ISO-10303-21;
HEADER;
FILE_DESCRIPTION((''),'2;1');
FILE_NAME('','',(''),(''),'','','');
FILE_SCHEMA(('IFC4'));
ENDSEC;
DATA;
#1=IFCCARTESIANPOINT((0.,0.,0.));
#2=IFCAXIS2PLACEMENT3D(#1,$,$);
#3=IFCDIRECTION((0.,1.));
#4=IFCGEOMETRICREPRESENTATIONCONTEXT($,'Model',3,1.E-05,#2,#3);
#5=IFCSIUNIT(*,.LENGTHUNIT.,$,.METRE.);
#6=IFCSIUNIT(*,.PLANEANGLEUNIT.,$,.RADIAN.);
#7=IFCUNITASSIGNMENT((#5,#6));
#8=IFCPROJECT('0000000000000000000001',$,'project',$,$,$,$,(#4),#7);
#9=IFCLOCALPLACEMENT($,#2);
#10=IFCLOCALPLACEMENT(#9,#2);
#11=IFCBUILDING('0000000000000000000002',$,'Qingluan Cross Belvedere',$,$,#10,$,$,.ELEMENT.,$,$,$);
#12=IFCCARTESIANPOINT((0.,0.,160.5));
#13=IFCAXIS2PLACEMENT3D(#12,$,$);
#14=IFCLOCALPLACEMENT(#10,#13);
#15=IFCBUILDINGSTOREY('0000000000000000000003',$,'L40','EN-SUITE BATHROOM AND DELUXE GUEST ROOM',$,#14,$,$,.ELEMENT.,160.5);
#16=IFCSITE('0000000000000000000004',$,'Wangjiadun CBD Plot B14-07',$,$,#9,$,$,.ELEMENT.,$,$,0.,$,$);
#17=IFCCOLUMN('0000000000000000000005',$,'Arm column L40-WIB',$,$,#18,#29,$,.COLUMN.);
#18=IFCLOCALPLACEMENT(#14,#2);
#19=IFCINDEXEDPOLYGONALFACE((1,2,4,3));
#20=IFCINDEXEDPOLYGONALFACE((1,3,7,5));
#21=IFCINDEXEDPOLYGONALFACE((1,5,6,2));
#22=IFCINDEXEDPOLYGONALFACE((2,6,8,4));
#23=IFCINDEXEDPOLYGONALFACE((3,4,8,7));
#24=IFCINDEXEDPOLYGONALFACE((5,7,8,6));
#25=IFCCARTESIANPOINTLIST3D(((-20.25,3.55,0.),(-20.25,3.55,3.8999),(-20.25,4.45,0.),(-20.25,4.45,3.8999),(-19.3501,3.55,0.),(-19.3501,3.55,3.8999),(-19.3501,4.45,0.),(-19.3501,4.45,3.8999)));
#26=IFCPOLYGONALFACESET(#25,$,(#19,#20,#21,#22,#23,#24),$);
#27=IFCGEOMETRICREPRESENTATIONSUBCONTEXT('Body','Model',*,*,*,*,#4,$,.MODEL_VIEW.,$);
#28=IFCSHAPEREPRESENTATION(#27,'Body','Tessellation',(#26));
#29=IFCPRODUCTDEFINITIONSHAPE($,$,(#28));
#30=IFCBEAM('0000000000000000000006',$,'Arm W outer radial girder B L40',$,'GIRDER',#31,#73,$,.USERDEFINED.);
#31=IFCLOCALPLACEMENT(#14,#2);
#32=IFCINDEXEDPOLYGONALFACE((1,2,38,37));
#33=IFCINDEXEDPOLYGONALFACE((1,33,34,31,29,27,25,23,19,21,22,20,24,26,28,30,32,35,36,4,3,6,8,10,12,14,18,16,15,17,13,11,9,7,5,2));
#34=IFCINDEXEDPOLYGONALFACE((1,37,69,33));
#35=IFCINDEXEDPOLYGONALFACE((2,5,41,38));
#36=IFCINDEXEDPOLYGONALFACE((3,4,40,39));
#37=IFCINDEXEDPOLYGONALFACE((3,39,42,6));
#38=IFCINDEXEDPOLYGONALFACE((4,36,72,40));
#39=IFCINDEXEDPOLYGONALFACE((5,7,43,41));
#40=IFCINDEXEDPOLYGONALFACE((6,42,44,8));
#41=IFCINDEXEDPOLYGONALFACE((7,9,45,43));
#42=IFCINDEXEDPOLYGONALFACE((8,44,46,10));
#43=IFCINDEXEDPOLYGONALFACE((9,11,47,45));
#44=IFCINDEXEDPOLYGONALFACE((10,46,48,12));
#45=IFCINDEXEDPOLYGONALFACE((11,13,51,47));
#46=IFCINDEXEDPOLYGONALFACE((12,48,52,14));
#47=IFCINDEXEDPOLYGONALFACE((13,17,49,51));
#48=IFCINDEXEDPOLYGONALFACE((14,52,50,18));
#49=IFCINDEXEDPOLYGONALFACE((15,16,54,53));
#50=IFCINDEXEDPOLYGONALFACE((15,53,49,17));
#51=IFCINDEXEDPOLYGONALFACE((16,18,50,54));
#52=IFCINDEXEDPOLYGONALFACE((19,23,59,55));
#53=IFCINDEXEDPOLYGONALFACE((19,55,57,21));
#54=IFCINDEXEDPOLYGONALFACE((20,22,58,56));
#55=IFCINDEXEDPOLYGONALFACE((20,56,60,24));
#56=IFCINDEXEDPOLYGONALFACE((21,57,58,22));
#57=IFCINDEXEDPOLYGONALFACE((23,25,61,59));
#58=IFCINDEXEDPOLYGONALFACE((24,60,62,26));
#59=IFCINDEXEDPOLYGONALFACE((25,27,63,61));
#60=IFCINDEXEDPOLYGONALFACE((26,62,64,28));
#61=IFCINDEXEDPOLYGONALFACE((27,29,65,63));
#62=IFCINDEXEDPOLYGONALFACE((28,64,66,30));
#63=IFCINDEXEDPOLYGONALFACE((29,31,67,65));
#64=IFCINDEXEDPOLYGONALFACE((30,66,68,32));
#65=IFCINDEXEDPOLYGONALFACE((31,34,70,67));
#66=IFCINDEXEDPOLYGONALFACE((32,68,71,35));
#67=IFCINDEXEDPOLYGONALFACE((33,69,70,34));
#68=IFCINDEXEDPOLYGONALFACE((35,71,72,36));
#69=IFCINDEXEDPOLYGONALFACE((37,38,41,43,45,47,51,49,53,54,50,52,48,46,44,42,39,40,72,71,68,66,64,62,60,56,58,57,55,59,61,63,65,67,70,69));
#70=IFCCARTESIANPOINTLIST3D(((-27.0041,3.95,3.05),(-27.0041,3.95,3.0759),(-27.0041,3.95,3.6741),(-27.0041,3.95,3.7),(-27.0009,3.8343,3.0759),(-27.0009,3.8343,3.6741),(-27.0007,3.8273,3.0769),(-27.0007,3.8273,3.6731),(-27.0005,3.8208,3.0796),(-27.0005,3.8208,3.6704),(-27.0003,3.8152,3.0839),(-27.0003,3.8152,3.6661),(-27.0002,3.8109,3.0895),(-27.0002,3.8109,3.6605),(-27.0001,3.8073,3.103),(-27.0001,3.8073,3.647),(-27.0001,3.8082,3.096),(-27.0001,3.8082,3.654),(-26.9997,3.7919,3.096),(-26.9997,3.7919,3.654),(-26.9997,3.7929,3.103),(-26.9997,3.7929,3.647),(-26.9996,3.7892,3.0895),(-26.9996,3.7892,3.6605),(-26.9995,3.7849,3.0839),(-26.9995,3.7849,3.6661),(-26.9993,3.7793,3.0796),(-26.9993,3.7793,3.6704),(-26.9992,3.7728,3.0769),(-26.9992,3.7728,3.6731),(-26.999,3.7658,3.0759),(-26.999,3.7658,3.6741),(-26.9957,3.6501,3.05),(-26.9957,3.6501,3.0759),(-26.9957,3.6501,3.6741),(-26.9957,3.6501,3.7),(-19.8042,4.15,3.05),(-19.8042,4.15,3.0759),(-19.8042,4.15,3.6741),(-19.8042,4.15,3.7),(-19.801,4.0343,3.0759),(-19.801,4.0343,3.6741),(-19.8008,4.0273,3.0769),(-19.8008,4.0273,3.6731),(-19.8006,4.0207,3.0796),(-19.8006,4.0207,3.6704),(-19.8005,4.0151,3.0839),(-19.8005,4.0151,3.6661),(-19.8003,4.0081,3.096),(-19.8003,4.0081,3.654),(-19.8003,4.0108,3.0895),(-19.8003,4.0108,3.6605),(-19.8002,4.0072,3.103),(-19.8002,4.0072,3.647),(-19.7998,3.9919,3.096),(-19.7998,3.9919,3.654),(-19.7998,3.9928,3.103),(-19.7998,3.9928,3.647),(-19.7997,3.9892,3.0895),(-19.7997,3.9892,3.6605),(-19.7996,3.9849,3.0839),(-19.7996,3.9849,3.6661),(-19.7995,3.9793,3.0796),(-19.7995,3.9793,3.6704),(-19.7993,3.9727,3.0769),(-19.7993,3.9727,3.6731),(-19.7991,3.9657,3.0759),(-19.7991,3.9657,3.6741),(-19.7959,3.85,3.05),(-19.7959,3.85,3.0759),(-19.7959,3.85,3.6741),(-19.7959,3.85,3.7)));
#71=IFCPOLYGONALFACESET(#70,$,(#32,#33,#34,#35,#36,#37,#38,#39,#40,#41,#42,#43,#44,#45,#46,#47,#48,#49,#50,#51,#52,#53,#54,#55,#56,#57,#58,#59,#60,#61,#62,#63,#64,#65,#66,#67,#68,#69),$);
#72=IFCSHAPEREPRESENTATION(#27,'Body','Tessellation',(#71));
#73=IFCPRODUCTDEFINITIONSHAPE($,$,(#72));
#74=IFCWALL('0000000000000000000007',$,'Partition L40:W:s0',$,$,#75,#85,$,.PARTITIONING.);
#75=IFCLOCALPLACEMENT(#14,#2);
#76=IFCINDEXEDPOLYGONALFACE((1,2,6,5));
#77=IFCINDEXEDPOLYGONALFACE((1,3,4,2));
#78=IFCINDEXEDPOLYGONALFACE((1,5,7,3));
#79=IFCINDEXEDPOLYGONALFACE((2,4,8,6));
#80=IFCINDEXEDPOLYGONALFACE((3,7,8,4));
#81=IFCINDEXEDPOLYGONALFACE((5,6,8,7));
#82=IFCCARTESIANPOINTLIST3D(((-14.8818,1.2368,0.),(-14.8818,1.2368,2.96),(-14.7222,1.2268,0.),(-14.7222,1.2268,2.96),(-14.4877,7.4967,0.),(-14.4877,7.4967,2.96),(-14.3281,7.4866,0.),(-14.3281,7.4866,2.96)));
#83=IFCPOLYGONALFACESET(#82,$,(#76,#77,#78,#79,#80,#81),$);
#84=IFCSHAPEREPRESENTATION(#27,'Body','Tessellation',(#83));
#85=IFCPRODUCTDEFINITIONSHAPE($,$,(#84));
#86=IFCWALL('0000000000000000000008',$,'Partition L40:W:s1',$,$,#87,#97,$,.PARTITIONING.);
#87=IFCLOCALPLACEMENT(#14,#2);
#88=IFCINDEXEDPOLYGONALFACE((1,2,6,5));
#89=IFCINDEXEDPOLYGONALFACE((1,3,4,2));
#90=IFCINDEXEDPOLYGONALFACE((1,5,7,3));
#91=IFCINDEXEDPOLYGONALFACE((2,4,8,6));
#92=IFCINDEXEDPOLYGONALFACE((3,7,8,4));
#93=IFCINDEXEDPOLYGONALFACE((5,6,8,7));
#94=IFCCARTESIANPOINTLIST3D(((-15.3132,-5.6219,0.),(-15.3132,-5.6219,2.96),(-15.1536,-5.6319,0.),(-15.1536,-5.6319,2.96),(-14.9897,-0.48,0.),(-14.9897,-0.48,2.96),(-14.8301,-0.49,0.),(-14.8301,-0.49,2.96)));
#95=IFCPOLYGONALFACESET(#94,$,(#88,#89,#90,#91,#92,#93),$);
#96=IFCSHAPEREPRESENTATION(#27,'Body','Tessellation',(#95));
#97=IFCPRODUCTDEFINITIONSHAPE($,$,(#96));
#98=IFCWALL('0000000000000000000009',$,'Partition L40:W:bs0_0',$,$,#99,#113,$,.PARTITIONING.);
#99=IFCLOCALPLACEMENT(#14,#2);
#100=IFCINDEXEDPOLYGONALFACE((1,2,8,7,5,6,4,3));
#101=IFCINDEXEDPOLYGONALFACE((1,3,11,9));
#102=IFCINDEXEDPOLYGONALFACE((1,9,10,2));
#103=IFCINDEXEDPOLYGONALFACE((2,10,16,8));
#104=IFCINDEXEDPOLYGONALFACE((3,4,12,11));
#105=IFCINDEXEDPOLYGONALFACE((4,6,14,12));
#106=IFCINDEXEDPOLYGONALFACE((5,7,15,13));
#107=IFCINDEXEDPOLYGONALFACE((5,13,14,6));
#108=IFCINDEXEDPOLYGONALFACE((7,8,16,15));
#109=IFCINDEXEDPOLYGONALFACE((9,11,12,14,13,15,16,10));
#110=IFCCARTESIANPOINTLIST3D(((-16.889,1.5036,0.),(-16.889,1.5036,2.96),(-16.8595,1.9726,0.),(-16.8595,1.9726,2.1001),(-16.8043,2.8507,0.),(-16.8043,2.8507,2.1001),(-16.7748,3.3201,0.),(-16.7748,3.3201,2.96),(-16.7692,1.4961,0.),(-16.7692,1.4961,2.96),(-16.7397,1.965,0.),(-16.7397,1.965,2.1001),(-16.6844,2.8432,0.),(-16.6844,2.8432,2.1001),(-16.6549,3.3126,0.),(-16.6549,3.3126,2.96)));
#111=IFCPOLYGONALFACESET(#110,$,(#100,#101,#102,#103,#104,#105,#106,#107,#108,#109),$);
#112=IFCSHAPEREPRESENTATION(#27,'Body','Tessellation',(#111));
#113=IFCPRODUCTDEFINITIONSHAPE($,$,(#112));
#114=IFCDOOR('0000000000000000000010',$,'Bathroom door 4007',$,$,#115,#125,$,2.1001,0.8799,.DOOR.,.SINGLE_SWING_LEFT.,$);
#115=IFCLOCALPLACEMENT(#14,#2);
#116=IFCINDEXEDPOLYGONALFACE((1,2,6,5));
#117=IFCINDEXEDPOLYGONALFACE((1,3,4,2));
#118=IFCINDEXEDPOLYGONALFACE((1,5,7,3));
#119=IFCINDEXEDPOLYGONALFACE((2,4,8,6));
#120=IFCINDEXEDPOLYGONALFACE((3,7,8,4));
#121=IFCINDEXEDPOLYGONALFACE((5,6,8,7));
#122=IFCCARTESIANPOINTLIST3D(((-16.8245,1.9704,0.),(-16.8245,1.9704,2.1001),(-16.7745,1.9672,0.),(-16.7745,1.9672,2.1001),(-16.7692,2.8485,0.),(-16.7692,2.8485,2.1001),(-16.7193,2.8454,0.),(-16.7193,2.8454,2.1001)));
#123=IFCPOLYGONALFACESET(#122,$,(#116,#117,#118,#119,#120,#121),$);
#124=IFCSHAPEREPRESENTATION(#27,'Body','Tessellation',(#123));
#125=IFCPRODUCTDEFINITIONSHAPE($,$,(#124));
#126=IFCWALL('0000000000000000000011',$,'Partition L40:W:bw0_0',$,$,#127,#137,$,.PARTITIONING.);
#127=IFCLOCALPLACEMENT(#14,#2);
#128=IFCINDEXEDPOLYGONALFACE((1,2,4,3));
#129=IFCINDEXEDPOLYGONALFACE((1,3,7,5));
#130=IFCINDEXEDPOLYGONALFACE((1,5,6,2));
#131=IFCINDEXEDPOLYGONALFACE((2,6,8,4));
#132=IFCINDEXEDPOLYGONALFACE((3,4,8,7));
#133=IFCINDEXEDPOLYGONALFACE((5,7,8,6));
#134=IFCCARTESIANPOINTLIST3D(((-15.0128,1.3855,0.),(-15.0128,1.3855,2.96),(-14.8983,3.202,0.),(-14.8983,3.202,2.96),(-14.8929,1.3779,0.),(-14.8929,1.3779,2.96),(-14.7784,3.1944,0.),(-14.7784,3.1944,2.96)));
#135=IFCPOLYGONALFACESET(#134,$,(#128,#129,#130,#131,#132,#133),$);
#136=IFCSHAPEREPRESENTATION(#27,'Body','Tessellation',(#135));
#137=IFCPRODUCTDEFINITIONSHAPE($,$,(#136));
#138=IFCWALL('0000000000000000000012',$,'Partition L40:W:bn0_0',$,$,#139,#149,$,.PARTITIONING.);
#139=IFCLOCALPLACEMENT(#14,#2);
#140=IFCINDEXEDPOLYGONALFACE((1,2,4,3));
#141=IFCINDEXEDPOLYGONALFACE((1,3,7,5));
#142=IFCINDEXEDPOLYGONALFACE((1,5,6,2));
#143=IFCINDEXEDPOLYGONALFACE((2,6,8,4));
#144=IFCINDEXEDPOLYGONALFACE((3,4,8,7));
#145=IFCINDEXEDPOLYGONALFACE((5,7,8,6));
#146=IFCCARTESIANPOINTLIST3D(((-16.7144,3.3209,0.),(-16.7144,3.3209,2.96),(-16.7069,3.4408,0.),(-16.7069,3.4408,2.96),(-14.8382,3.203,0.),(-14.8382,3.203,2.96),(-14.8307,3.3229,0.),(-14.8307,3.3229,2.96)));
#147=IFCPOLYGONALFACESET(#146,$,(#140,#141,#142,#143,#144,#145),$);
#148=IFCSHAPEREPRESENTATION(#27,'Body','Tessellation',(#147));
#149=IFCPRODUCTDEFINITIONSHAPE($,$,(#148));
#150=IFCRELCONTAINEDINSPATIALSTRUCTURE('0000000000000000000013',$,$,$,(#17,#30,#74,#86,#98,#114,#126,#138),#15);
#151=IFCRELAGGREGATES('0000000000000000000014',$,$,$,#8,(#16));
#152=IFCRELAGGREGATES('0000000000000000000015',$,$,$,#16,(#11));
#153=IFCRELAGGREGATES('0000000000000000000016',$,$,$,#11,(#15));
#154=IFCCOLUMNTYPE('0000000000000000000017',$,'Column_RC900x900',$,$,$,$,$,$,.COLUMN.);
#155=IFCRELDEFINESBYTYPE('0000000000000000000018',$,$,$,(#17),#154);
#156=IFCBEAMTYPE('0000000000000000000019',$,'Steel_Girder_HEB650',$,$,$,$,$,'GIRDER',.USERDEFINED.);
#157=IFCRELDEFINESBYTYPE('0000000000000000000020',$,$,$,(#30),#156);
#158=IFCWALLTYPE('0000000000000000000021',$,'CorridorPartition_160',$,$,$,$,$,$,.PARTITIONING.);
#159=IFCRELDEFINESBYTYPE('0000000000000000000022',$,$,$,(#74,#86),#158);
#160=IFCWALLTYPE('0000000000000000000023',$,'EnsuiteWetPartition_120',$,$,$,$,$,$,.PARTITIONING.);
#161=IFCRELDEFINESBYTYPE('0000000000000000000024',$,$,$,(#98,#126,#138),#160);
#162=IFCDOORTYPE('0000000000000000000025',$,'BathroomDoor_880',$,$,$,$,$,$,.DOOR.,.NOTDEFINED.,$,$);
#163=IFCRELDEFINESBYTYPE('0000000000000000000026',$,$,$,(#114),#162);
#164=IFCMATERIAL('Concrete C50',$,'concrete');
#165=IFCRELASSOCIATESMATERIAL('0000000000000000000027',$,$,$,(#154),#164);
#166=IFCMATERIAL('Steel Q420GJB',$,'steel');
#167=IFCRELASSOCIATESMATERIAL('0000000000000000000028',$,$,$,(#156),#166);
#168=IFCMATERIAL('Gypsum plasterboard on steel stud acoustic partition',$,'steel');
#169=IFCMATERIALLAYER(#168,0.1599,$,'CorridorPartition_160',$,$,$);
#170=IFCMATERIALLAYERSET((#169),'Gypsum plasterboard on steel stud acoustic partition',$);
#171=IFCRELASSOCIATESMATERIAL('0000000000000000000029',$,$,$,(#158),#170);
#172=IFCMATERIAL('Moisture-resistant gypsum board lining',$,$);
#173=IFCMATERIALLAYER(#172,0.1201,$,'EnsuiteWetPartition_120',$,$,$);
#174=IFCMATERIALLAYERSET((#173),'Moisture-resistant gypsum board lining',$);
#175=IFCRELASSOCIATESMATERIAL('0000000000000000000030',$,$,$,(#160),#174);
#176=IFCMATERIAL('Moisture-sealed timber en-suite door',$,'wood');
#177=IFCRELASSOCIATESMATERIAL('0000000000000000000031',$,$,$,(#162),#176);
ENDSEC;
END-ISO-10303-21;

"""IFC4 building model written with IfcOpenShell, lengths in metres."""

from ifc_helpers import new_model, si_unit, direction, frame, frame_2d, origin, origin_2d, place, context, subcontext, project, spatial, rectangle, i_section, extrude, material, layer, layer_set, material_profile, profile_set, type_object, element, fill, save


model = new_model("IFC4")

# Units and contexts
model_context = context("Model", 3, precision=1e-05, world=origin(), true_north=direction((0.0, 1.0)))
body_context = subcontext(model_context, "Body", "Model", "MODEL_VIEW")
ifc_project = project(units=[si_unit("LENGTHUNIT", "METRE"), si_unit("PLANEANGLEUNIT", "RADIAN")], contexts=[model_context])

# Site, building, storey
site_placement = place(None, origin())
site = spatial("IfcSite", under=ifc_project, at=site_placement, Name="Wangjiadun CBD Plot B14-07", CompositionType="ELEMENT", RefElevation=0.0)
building_placement = place(site_placement, origin())
building = spatial("IfcBuilding", under=site, at=building_placement, Name="Qingluan Cross Belvedere", CompositionType="ELEMENT")
storey_placement = place(building_placement, frame((0.0, 0.0, 160.5)))
storey = spatial("IfcBuildingStorey", under=building, at=storey_placement, Name="L40", Description="EN-SUITE BATHROOM AND DELUXE GUEST ROOM", CompositionType="ELEMENT", Elevation=160.5)

# Column
ifc_material_1 = material(Name="Concrete C50", Category="concrete")
ifc_material_profile_1 = material_profile(ifc_material_1, rectangle(XDim=0.8999, YDim=0.8999, at=origin_2d()), Name="RC900x900")
ifc_profile_set_1 = profile_set([ifc_material_profile_1], Name="Concrete C50")
column_type = type_object("IfcColumnType", Name="Column_RC900x900", PredefinedType="COLUMN", material=ifc_profile_set_1)
column_placement = place(storey_placement, frame((-19.8, 4.0, 0.0), z_axis=(0.0, 0.0, 1.0), x_axis=(1.0, 0.0, 0.0)))
element("IfcColumn", 1, at=column_placement, inside=storey, type_object=column_type, Name="Arm column L40-WIB", PredefinedType="COLUMN", context=body_context, shape_type="SweptSolid", body=[
    extrude(rectangle(XDim=0.8999, YDim=0.8999, at=origin_2d()), origin(), (0.0, 0.0, 1.0), 3.8999),
])

# Beam
ifc_material_2 = material(Name="Steel Q420GJB", Category="steel")
ifc_material_profile_2 = material_profile(ifc_material_2, i_section(OverallWidth=0.3, OverallDepth=0.6499, WebThickness=0.0144, FlangeThickness=0.0259, FilletRadius=0.0271, at=origin_2d()), Name="HEB650")
ifc_profile_set_2 = profile_set([ifc_material_profile_2], Name="Steel Q420GJB")
beam_type = type_object("IfcBeamType", Name="Steel_Girder_HEB650", ElementType="GIRDER", PredefinedType="USERDEFINED", material=ifc_profile_set_2)
beam_placement = place(storey_placement, frame((-19.8, 4.0, 3.375), z_axis=(-0.999615, -0.02776, 0.0), x_axis=(0.02776, -0.999615, 0.0)))
element("IfcBeam", 2, at=beam_placement, inside=storey, type_object=beam_type, Name="Arm W outer radial girder B L40", ObjectType="GIRDER", PredefinedType="USERDEFINED", context=body_context, shape_type="SweptSolid", body=[
    extrude(i_section(OverallWidth=0.3, OverallDepth=0.6499, WebThickness=0.0144, FlangeThickness=0.0259, FilletRadius=0.0271, at=origin_2d()), origin(), (0.0, 0.0, 1.0), 7.2026),
])

# Shared definitions
ifc_material_3 = material(Name="Gypsum plasterboard on steel stud acoustic partition", Category="steel")
ifc_layer_1 = layer(ifc_material_3, 0.1599, Name="CorridorPartition_160")
ifc_layer_set_1 = layer_set([ifc_layer_1], Name="Gypsum plasterboard on steel stud acoustic partition")
wall_type_1 = type_object("IfcWallType", Name="CorridorPartition_160", PredefinedType="PARTITIONING", material=ifc_layer_set_1)

# Wall
wall_1_placement = place(storey_placement, frame((-14.802, 1.2317, 0.0), z_axis=(0.0, 0.0, 1.0), x_axis=(0.062824, 0.998025, 0.0)))
element("IfcWall", 3, at=wall_1_placement, inside=storey, type_object=wall_type_1, Name="Partition L40:W:s0", PredefinedType="PARTITIONING", context=body_context, shape_type="SweptSolid", body=[
    extrude(rectangle(XDim=6.2722, YDim=0.1599, at=frame_2d((3.1362, 0.0))), origin(), (0.0, 0.0, 1.0), 2.96),
])

# Wall
wall_2_placement = place(storey_placement, frame((-14.9099, -0.4849, 0.0), z_axis=(0.0, 0.0, 1.0), x_axis=(-0.062788, -0.998027, 0.0)))
element("IfcWall", 4, at=wall_2_placement, inside=storey, type_object=wall_type_1, Name="Partition L40:W:s1", PredefinedType="PARTITIONING", context=body_context, shape_type="SweptSolid", body=[
    extrude(rectangle(XDim=5.1521, YDim=0.1599, at=frame_2d((2.5762, 0.0))), origin(), (0.0, 0.0, 1.0), 2.96),
])

# Wall, opening, door
ifc_material_4 = material(Name="Moisture-resistant gypsum board lining")
ifc_layer_2 = layer(ifc_material_4, 0.1201, Name="EnsuiteWetPartition_120")
ifc_layer_set_2 = layer_set([ifc_layer_2], Name="Moisture-resistant gypsum board lining")
wall_type_2 = type_object("IfcWallType", Name="EnsuiteWetPartition_120", PredefinedType="PARTITIONING", material=ifc_layer_set_2)
wall_3_placement = place(storey_placement, frame((-16.8291, 1.4998, 0.0), z_axis=(0.0, 0.0, 1.0), x_axis=(0.062779, 0.998027, 0.0)))
wall_3 = element("IfcWall", 5, at=wall_3_placement, inside=storey, type_object=wall_type_2, Name="Partition L40:W:bs0_0", PredefinedType="PARTITIONING", context=body_context, shape_type="SweptSolid", body=[
    extrude(rectangle(XDim=1.8201, YDim=0.1201, at=frame_2d((0.9102, 0.0))), origin(), (0.0, 0.0, 1.0), 2.96),
])
opening_1_placement = place(wall_3_placement, frame((0.47, 0.0, 0.0)))
opening_1 = element("IfcOpeningElement", 6, at=opening_1_placement, cuts=wall_3, PredefinedType="OPENING", context=body_context, shape_type="SweptSolid", body=[
    extrude(rectangle(XDim=0.8799, YDim=2.1001, at=frame_2d((0.4399, 1.05))), frame((0.0, 0.0701, 0.0), z_axis=(0.0, -1.0, 0.0), x_axis=(1.0, 0.0, 0.0)), (0.0, 0.0, 1.0), 0.1401),
])
ifc_material_5 = material(Name="Moisture-sealed timber en-suite door", Category="wood")
door_type_1 = type_object("IfcDoorType", Name="BathroomDoor_880", OperationType="NOTDEFINED", PredefinedType="DOOR", material=ifc_material_5)
door_1_placement = place(opening_1_placement, origin())
door_1 = element("IfcDoor", 7, at=door_1_placement, inside=storey, type_object=door_type_1, Name="Bathroom door 4007", OperationType="SINGLE_SWING_LEFT", OverallHeight=2.1001, OverallWidth=0.8799, PredefinedType="DOOR", context=body_context, shape_type="SweptSolid", body=[
    extrude(rectangle(XDim=0.8799, YDim=2.1001, at=frame_2d((0.4399, 1.05))), frame((0.0, 0.0249, 0.0), z_axis=(0.0, -1.0, 0.0), x_axis=(1.0, 0.0, 0.0)), (0.0, 0.0, 1.0), 0.05),
])
fill(opening_1, door_1)

# Walls
wall_4_placement = place(storey_placement, frame((-14.9529, 1.3816, 0.0), z_axis=(0.0, 0.0, 1.0), x_axis=(0.062913, 0.998019, 0.0)))
element("IfcWall", 8, at=wall_4_placement, inside=storey, type_object=wall_type_2, Name="Partition L40:W:bw0_0", PredefinedType="PARTITIONING", context=body_context, shape_type="SweptSolid", body=[
    extrude(rectangle(XDim=1.8201, YDim=0.1201, at=frame_2d((0.9102, 0.0))), origin(), (0.0, 0.0, 1.0), 2.96),
])
wall_5_placement = place(storey_placement, frame((-14.8345, 3.2629, 0.0), z_axis=(0.0, 0.0, 1.0), x_axis=(-0.998031, 0.062726, 0.0)))
element("IfcWall", 9, at=wall_5_placement, inside=storey, type_object=wall_type_2, Name="Partition L40:W:bn0_0", PredefinedType="PARTITIONING", context=body_context, shape_type="SweptSolid", body=[
    extrude(rectangle(XDim=1.8799, YDim=0.1201, at=frame_2d((0.9399, 0.0))), origin(), (0.0, 0.0, 1.0), 2.96),
])

save(model, "model.ifc")
